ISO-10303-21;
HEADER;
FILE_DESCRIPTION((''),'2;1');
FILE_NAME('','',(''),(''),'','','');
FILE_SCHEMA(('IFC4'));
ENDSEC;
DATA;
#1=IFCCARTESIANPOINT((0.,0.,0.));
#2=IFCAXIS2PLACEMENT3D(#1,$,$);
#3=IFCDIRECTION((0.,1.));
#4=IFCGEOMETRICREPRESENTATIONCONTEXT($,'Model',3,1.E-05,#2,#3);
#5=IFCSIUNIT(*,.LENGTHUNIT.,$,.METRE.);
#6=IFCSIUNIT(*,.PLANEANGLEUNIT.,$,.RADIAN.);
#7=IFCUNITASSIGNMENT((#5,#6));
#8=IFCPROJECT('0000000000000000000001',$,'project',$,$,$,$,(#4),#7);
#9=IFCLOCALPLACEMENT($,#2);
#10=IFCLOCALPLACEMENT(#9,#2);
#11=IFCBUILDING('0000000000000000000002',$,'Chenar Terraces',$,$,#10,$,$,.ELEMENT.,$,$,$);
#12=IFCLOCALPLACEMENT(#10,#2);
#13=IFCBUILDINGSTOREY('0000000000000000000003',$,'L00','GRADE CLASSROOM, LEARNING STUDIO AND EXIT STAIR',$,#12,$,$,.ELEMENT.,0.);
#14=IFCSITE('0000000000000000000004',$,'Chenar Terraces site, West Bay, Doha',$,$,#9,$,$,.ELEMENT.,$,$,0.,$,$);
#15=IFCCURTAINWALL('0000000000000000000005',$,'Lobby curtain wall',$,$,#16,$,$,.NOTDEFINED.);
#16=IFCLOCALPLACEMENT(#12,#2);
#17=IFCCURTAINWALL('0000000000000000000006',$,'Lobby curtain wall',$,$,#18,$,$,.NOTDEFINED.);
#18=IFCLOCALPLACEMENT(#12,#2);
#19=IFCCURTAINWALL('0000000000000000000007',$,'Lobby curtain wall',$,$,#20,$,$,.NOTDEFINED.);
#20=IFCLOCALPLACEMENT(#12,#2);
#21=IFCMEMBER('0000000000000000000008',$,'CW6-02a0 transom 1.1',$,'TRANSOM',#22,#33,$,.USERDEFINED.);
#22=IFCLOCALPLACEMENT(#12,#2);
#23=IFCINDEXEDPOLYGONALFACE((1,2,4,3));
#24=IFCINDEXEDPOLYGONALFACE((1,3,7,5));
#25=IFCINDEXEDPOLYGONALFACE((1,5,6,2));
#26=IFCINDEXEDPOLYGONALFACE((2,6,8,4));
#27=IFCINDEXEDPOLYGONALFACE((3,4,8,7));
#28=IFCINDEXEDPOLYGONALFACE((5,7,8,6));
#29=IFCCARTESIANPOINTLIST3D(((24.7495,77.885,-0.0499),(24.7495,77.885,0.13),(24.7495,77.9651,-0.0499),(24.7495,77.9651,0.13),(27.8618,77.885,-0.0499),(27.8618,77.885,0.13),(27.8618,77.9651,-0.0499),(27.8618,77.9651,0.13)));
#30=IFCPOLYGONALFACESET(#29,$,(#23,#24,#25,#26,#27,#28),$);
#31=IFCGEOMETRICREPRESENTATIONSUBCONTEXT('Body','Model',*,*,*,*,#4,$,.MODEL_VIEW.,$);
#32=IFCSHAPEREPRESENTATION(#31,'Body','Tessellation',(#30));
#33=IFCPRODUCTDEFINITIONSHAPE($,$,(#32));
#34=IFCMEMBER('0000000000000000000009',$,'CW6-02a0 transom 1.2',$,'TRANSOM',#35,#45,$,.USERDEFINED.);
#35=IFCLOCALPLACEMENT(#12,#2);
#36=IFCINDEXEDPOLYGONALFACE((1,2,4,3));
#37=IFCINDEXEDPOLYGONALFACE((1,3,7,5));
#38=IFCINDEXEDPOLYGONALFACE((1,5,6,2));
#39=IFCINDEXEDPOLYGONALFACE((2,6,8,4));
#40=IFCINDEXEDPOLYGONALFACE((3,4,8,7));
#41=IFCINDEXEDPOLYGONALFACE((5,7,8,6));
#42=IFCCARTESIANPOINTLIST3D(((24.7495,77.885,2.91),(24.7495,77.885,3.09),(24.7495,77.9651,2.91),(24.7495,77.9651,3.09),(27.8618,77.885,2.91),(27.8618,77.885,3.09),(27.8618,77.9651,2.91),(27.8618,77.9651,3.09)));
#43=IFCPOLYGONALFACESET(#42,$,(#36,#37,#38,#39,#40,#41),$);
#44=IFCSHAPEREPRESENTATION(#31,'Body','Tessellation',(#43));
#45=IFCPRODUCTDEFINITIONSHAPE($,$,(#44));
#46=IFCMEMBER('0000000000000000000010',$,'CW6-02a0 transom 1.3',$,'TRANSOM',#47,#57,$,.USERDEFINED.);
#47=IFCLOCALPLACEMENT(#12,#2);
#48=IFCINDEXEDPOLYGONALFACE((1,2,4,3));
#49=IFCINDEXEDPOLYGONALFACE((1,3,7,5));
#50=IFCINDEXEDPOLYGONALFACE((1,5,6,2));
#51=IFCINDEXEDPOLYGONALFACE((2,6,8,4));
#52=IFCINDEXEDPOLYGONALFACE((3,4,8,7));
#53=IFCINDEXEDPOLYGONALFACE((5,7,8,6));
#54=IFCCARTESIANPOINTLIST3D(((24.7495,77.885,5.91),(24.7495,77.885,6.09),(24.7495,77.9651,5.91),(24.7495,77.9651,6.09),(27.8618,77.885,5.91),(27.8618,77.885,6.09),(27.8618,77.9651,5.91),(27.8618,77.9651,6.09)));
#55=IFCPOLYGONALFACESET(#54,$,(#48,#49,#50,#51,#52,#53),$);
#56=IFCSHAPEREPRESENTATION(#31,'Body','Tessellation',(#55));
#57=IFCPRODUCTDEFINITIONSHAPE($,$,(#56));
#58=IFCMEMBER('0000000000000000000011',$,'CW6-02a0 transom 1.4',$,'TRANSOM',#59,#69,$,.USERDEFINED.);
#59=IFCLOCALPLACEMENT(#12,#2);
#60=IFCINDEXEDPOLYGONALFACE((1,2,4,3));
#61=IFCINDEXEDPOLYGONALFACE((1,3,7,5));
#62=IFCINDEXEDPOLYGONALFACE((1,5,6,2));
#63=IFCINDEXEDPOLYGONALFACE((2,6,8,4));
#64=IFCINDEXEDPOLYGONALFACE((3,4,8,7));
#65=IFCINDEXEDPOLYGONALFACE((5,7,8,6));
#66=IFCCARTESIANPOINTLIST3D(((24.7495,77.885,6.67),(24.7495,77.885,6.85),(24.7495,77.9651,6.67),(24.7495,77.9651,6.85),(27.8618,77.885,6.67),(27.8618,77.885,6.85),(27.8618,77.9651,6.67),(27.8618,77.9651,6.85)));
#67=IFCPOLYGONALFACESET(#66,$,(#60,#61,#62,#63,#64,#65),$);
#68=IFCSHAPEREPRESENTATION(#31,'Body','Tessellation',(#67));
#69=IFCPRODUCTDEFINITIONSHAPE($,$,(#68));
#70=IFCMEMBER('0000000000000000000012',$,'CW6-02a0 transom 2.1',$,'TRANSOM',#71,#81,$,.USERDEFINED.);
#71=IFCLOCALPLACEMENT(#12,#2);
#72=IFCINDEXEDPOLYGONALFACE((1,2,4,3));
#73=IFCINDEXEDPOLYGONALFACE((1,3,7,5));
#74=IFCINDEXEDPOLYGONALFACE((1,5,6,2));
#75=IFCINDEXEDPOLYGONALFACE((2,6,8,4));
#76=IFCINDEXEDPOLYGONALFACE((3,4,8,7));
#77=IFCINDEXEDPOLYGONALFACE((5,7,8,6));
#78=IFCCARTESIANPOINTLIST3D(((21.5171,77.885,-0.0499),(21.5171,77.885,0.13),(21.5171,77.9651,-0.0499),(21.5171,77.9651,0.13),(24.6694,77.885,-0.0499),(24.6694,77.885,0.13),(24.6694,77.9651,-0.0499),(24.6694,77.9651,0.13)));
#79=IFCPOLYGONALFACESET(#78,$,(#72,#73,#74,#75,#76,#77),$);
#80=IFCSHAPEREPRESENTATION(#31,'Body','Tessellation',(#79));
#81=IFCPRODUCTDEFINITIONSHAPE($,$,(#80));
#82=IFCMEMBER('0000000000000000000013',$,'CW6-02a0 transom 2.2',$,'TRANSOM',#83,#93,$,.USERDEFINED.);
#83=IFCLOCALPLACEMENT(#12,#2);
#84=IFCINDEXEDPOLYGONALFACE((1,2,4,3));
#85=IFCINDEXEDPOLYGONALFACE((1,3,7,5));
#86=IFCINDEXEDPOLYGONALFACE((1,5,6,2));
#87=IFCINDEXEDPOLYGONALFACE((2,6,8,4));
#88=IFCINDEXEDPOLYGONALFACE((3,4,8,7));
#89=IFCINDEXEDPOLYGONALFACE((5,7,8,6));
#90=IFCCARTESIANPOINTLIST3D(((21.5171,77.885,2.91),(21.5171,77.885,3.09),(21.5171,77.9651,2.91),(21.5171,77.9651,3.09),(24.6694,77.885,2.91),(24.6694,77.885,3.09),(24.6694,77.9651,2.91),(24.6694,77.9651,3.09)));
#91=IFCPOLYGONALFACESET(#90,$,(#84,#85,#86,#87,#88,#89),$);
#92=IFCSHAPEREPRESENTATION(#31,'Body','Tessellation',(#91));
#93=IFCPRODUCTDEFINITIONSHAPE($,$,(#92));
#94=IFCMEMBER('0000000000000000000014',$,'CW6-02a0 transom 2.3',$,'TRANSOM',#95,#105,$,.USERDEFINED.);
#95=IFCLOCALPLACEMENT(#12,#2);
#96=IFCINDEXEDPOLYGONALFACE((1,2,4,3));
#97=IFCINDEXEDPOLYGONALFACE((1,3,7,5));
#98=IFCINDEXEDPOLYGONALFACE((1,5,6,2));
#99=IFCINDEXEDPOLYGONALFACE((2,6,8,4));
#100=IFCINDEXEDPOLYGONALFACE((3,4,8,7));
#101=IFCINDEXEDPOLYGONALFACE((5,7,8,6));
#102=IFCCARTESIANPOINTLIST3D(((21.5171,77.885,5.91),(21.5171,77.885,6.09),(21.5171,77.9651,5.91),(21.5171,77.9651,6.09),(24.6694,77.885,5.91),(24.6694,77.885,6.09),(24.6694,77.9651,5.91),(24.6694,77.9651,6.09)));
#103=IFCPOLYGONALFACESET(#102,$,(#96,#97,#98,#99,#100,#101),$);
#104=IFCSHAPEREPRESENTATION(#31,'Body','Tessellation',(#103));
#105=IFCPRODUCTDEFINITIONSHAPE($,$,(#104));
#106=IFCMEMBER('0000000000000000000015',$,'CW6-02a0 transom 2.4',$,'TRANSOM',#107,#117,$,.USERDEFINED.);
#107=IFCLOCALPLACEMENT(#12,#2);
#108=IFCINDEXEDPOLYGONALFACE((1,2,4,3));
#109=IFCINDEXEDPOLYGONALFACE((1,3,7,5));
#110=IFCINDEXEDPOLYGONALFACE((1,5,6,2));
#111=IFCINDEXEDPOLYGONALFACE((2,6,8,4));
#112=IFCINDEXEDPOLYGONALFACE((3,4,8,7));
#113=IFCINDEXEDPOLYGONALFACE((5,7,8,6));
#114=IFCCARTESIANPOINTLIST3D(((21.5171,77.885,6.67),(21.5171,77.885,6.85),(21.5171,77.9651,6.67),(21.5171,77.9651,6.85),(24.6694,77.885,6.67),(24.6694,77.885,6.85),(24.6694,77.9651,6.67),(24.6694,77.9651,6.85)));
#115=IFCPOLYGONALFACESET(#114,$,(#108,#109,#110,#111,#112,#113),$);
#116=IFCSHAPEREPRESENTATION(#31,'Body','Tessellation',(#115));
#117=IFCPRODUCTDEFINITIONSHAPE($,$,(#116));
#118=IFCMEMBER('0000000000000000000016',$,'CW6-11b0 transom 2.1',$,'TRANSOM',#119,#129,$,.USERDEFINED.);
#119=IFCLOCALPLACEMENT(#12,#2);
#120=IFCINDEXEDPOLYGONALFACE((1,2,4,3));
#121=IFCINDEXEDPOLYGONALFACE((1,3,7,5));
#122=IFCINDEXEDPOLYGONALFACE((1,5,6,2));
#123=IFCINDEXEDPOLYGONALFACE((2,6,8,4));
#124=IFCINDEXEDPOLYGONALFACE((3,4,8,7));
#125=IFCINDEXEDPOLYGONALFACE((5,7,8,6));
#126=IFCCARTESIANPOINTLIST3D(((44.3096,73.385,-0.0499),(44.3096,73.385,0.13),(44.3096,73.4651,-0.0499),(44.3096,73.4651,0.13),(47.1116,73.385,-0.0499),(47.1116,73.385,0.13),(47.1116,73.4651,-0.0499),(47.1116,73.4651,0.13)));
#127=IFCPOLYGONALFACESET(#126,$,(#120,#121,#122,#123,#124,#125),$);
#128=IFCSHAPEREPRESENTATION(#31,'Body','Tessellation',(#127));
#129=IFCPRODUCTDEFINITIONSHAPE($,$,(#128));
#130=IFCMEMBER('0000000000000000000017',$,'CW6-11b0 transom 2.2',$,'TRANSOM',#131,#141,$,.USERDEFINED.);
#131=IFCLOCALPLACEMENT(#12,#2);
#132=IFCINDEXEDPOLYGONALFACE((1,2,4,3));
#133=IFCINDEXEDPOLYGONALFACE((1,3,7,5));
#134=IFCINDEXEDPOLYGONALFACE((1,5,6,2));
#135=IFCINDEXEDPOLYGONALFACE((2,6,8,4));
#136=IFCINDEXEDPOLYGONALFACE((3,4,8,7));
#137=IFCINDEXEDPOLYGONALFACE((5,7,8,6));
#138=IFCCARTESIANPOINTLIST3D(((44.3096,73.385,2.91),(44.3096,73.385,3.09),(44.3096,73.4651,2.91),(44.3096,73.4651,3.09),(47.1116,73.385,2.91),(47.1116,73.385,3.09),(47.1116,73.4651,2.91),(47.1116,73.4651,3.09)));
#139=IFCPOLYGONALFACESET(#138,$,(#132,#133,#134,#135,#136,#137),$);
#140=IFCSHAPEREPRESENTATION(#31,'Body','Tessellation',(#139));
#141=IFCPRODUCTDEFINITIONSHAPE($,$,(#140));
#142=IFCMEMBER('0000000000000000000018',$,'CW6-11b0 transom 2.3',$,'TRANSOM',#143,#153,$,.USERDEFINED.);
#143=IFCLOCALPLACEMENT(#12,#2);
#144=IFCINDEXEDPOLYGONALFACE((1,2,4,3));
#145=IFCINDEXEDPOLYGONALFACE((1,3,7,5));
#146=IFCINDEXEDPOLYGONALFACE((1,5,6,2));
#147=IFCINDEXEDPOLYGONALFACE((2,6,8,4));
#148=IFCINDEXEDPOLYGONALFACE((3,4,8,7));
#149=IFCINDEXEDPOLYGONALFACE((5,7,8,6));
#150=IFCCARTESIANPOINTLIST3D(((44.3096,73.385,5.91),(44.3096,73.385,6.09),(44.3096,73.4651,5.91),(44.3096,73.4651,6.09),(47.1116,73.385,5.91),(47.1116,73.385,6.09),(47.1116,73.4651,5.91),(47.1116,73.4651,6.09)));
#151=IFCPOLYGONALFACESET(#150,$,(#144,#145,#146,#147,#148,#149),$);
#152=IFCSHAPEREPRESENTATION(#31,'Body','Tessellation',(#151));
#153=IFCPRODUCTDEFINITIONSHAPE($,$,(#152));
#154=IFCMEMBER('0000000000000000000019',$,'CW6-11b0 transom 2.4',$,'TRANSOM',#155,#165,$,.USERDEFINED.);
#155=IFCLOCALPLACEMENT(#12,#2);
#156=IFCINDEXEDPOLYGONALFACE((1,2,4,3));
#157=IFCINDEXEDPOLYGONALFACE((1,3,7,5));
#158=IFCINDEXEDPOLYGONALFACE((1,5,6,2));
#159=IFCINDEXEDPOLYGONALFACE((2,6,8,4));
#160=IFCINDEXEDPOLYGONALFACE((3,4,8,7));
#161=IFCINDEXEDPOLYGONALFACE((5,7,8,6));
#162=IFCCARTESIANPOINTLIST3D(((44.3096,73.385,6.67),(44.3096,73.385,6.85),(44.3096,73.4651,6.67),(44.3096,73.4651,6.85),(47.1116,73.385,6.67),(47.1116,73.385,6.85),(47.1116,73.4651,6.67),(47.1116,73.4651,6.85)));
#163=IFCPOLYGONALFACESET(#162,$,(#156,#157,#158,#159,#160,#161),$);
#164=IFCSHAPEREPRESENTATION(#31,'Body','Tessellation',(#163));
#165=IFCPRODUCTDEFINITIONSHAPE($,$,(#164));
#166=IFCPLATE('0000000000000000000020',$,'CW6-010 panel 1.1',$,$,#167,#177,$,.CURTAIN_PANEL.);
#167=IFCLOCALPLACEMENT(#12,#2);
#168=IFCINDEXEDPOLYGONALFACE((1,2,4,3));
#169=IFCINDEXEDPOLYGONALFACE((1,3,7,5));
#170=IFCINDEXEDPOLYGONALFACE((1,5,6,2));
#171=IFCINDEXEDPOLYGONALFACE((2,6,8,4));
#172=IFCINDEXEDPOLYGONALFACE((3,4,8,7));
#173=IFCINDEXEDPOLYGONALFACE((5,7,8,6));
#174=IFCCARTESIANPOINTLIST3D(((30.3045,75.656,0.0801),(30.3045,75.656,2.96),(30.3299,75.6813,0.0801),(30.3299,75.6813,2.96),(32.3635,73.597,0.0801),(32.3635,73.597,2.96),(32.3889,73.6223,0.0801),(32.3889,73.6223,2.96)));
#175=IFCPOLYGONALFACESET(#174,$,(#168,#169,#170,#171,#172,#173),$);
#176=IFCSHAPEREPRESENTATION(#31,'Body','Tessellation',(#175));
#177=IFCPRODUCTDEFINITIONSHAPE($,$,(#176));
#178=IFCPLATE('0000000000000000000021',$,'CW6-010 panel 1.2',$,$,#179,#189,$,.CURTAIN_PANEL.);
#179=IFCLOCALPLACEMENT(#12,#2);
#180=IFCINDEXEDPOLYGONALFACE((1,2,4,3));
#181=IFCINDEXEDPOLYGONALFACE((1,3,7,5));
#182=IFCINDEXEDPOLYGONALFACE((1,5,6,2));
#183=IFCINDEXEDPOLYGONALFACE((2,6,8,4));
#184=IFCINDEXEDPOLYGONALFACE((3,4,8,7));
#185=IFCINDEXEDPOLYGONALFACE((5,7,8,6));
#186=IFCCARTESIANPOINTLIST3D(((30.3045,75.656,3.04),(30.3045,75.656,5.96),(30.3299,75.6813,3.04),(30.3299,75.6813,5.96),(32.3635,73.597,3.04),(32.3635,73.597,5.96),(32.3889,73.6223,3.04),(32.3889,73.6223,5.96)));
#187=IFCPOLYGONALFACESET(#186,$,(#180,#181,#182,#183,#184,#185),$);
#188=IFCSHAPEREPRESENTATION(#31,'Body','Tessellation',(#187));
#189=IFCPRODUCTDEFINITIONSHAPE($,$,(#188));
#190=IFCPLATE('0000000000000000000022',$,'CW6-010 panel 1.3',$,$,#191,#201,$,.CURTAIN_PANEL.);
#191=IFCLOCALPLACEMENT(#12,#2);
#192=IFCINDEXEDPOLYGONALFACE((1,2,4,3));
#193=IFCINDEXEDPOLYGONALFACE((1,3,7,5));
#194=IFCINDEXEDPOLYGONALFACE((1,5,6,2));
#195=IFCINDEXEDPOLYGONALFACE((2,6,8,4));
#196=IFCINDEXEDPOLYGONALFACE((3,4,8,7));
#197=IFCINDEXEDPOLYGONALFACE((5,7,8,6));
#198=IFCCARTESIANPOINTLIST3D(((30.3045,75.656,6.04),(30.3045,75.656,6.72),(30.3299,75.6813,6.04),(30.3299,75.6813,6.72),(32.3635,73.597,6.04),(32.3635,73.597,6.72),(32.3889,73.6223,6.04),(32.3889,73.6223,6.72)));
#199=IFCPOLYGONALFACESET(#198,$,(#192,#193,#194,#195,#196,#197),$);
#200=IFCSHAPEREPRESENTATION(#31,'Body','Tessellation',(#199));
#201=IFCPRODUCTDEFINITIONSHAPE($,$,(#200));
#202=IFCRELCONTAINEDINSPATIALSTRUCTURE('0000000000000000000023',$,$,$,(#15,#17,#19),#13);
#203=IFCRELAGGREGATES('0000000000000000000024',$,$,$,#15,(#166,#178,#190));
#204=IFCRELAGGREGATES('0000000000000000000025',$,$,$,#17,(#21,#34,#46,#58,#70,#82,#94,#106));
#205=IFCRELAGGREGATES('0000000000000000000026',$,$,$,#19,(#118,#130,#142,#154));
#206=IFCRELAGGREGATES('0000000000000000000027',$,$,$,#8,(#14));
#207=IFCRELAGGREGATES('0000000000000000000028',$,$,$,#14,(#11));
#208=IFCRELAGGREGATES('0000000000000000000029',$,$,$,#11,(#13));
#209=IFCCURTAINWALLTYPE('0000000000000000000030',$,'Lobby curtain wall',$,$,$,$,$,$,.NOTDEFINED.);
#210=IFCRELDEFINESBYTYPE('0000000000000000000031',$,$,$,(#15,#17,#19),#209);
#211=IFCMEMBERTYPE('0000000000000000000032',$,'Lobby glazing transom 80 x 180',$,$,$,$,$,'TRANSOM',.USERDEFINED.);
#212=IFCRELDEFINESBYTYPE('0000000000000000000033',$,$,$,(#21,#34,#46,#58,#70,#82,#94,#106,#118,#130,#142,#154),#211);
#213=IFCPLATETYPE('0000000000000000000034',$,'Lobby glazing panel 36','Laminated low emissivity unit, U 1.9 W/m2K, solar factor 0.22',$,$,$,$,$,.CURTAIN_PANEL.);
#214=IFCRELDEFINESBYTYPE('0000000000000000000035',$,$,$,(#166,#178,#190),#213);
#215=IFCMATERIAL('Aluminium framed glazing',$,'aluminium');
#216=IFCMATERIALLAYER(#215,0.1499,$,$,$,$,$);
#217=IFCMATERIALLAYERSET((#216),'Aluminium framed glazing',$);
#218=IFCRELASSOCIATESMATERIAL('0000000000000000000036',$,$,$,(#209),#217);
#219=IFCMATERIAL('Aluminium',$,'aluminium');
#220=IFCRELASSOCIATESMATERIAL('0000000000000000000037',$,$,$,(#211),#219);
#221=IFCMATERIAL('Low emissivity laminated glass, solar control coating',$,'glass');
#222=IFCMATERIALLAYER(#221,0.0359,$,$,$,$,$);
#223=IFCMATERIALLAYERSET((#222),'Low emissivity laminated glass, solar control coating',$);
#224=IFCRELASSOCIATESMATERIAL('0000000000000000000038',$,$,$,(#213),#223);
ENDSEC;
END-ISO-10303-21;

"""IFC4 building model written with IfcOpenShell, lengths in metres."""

from ifc_helpers import new_model, si_unit, direction, frame, origin, origin_2d, place, context, subcontext, project, spatial, rectangle, extrude, material, layer, layer_set, material_profile, profile_set, type_object, element, aggregate, save


model = new_model("IFC4")

# Units and contexts
model_context = context("Model", 3, precision=1e-05, world=origin(), true_north=direction((0.0, 1.0)))
body_context = subcontext(model_context, "Body", "Model", "MODEL_VIEW")
ifc_project = project(units=[si_unit("LENGTHUNIT", "METRE"), si_unit("PLANEANGLEUNIT", "RADIAN")], contexts=[model_context])

# Site, building, storey
site_placement = place(None, origin())
site = spatial("IfcSite", under=ifc_project, at=site_placement, Name="Chenar Terraces site, West Bay, Doha", CompositionType="ELEMENT", RefElevation=0.0)
building_placement = place(site_placement, origin())
building = spatial("IfcBuilding", under=site, at=building_placement, Name="Chenar Terraces", CompositionType="ELEMENT")
storey_placement = place(building_placement, origin())
storey = spatial("IfcBuildingStorey", under=building, at=storey_placement, Name="L00", Description="GRADE CLASSROOM, LEARNING STUDIO AND EXIT STAIR", CompositionType="ELEMENT", Elevation=0.0)

# Curtain walls
ifc_material_1 = material(Name="Aluminium framed glazing", Category="aluminium")
ifc_layer_1 = layer(ifc_material_1, 0.1499)
ifc_layer_set_1 = layer_set([ifc_layer_1], Name="Aluminium framed glazing")
curtain_wall_type = type_object("IfcCurtainWallType", Name="Lobby curtain wall", PredefinedType="NOTDEFINED", material=ifc_layer_set_1)
placement = place(storey_placement, origin())
curtain_wall_1 = element("IfcCurtainWall", 1, at=placement, inside=storey, type_object=curtain_wall_type, Name="Lobby curtain wall", PredefinedType="NOTDEFINED")
curtain_wall_2 = element("IfcCurtainWall", 2, at=placement, inside=storey, type_object=curtain_wall_type, Name="Lobby curtain wall", PredefinedType="NOTDEFINED")

# Curtain wall
curtain_wall_3 = element("IfcCurtainWall", 3, at=placement, inside=storey, type_object=curtain_wall_type, Name="Lobby curtain wall", PredefinedType="NOTDEFINED")

# Members
ifc_material_2 = material(Name="Aluminium", Category="aluminium")
ifc_material_profile_1 = material_profile(ifc_material_2, rectangle(XDim=0.0801, YDim=0.1799, at=origin_2d()), Name="Lobby glazing transom 80 x 180")
ifc_profile_set_1 = profile_set([ifc_material_profile_1], Name="Aluminium")
member_type_1 = type_object("IfcMemberType", Name="Lobby glazing transom 80 x 180", ElementType="TRANSOM", PredefinedType="USERDEFINED", material=ifc_profile_set_1)
member_1_placement = place(storey_placement, frame((27.8618, 77.925, 0.04), z_axis=(-1.0, 0.0, 0.0), x_axis=(0.0, -1.0, 0.0)))
member_1 = element("IfcMember", 4, at=member_1_placement, type_object=member_type_1, Name="CW6-02a0 transom 1.1", ObjectType="TRANSOM", PredefinedType="USERDEFINED", context=body_context, shape_type="SweptSolid", body=[
    extrude(rectangle(XDim=0.0801, YDim=0.1799, at=origin_2d()), origin(), (0.0, 0.0, 1.0), 3.1123),
])
member_2_placement = place(storey_placement, frame((27.8618, 77.925, 3.0), z_axis=(-1.0, 0.0, 0.0), x_axis=(0.0, -1.0, 0.0)))
member_2 = element("IfcMember", 5, at=member_2_placement, type_object=member_type_1, Name="CW6-02a0 transom 1.2", ObjectType="TRANSOM", PredefinedType="USERDEFINED", context=body_context, shape_type="SweptSolid", body=[
    extrude(rectangle(XDim=0.0801, YDim=0.1799, at=origin_2d()), origin(), (0.0, 0.0, 1.0), 3.1123),
])
member_3_placement = place(storey_placement, frame((27.8618, 77.925, 6.0), z_axis=(-1.0, 0.0, 0.0), x_axis=(0.0, -1.0, 0.0)))
member_3 = element("IfcMember", 6, at=member_3_placement, type_object=member_type_1, Name="CW6-02a0 transom 1.3", ObjectType="TRANSOM", PredefinedType="USERDEFINED", context=body_context, shape_type="SweptSolid", body=[
    extrude(rectangle(XDim=0.0801, YDim=0.1799, at=origin_2d()), origin(), (0.0, 0.0, 1.0), 3.1123),
])
member_4_placement = place(storey_placement, frame((27.8618, 77.925, 6.76), z_axis=(-1.0, 0.0, 0.0), x_axis=(0.0, -1.0, 0.0)))
member_4 = element("IfcMember", 7, at=member_4_placement, type_object=member_type_1, Name="CW6-02a0 transom 1.4", ObjectType="TRANSOM", PredefinedType="USERDEFINED", context=body_context, shape_type="SweptSolid", body=[
    extrude(rectangle(XDim=0.0801, YDim=0.1799, at=origin_2d()), origin(), (0.0, 0.0, 1.0), 3.1123),
])
member_5_placement = place(storey_placement, frame((24.6694, 77.925, 0.04), z_axis=(-1.0, 0.0, 0.0), x_axis=(0.0, -1.0, 0.0)))
member_5 = element("IfcMember", 8, at=member_5_placement, type_object=member_type_1, Name="CW6-02a0 transom 2.1", ObjectType="TRANSOM", PredefinedType="USERDEFINED", context=body_context, shape_type="SweptSolid", body=[
    extrude(rectangle(XDim=0.0801, YDim=0.1799, at=origin_2d()), origin(), (0.0, 0.0, 1.0), 3.1523),
])
member_6_placement = place(storey_placement, frame((24.6694, 77.925, 3.0), z_axis=(-1.0, 0.0, 0.0), x_axis=(0.0, -1.0, 0.0)))
member_6 = element("IfcMember", 9, at=member_6_placement, type_object=member_type_1, Name="CW6-02a0 transom 2.2", ObjectType="TRANSOM", PredefinedType="USERDEFINED", context=body_context, shape_type="SweptSolid", body=[
    extrude(rectangle(XDim=0.0801, YDim=0.1799, at=origin_2d()), origin(), (0.0, 0.0, 1.0), 3.1523),
])
member_7_placement = place(storey_placement, frame((24.6694, 77.925, 6.0), z_axis=(-1.0, 0.0, 0.0), x_axis=(0.0, -1.0, 0.0)))
member_7 = element("IfcMember", 10, at=member_7_placement, type_object=member_type_1, Name="CW6-02a0 transom 2.3", ObjectType="TRANSOM", PredefinedType="USERDEFINED", context=body_context, shape_type="SweptSolid", body=[
    extrude(rectangle(XDim=0.0801, YDim=0.1799, at=origin_2d()), origin(), (0.0, 0.0, 1.0), 3.1523),
])
member_8_placement = place(storey_placement, frame((24.6694, 77.925, 6.76), z_axis=(-1.0, 0.0, 0.0), x_axis=(0.0, -1.0, 0.0)))
member_8 = element("IfcMember", 11, at=member_8_placement, type_object=member_type_1, Name="CW6-02a0 transom 2.4", ObjectType="TRANSOM", PredefinedType="USERDEFINED", context=body_context, shape_type="SweptSolid", body=[
    extrude(rectangle(XDim=0.0801, YDim=0.1799, at=origin_2d()), origin(), (0.0, 0.0, 1.0), 3.1523),
])
member_9_placement = place(storey_placement, frame((47.1116, 73.425, 0.04), z_axis=(-1.0, 0.0, 0.0), x_axis=(0.0, -1.0, 0.0)))
member_9 = element("IfcMember", 12, at=member_9_placement, type_object=member_type_1, Name="CW6-11b0 transom 2.1", ObjectType="TRANSOM", PredefinedType="USERDEFINED", context=body_context, shape_type="SweptSolid", body=[
    extrude(rectangle(XDim=0.0801, YDim=0.1799, at=origin_2d()), origin(), (0.0, 0.0, 1.0), 2.802),
])
member_10_placement = place(storey_placement, frame((47.1116, 73.425, 3.0), z_axis=(-1.0, 0.0, 0.0), x_axis=(0.0, -1.0, 0.0)))
member_10 = element("IfcMember", 13, at=member_10_placement, type_object=member_type_1, Name="CW6-11b0 transom 2.2", ObjectType="TRANSOM", PredefinedType="USERDEFINED", context=body_context, shape_type="SweptSolid", body=[
    extrude(rectangle(XDim=0.0801, YDim=0.1799, at=origin_2d()), origin(), (0.0, 0.0, 1.0), 2.802),
])
member_11_placement = place(storey_placement, frame((47.1116, 73.425, 6.0), z_axis=(-1.0, 0.0, 0.0), x_axis=(0.0, -1.0, 0.0)))
member_11 = element("IfcMember", 14, at=member_11_placement, type_object=member_type_1, Name="CW6-11b0 transom 2.3", ObjectType="TRANSOM", PredefinedType="USERDEFINED", context=body_context, shape_type="SweptSolid", body=[
    extrude(rectangle(XDim=0.0801, YDim=0.1799, at=origin_2d()), origin(), (0.0, 0.0, 1.0), 2.802),
])
member_12_placement = place(storey_placement, frame((47.1116, 73.425, 6.76), z_axis=(-1.0, 0.0, 0.0), x_axis=(0.0, -1.0, 0.0)))
member_12 = element("IfcMember", 15, at=member_12_placement, type_object=member_type_1, Name="CW6-11b0 transom 2.4", ObjectType="TRANSOM", PredefinedType="USERDEFINED", context=body_context, shape_type="SweptSolid", body=[
    extrude(rectangle(XDim=0.0801, YDim=0.1799, at=origin_2d()), origin(), (0.0, 0.0, 1.0), 2.802),
])

# Plates
ifc_material_3 = material(Name="Low emissivity laminated glass, solar control coating", Category="glass")
ifc_layer_2 = layer(ifc_material_3, 0.0359)
ifc_layer_set_2 = layer_set([ifc_layer_2], Name="Low emissivity laminated glass, solar control coating")
plate_type = type_object("IfcPlateType", Name="Lobby glazing panel 36", Description="Laminated low emissivity unit, U 1.9 W/m2K, solar factor 0.22", PredefinedType="CURTAIN_PANEL", material=ifc_layer_set_2)
plate_1_placement = place(storey_placement, frame((31.3467, 74.6392, 0.0801), z_axis=(0.0, 0.0, 1.0), x_axis=(-0.707107, 0.707107, 0.0)))
plate_1 = element("IfcPlate", 16, at=plate_1_placement, type_object=plate_type, Name="CW6-010 panel 1.1", PredefinedType="CURTAIN_PANEL", context=body_context, shape_type="SweptSolid", body=[
    extrude(rectangle(XDim=2.9119, YDim=0.0359, at=origin_2d()), origin(), (0.0, 0.0, 1.0), 2.8799),
])
plate_2_placement = place(storey_placement, frame((31.3467, 74.6392, 3.04), z_axis=(0.0, 0.0, 1.0), x_axis=(-0.707107, 0.707107, 0.0)))
plate_2 = element("IfcPlate", 17, at=plate_2_placement, type_object=plate_type, Name="CW6-010 panel 1.2", PredefinedType="CURTAIN_PANEL", context=body_context, shape_type="SweptSolid", body=[
    extrude(rectangle(XDim=2.9119, YDim=0.0359, at=origin_2d()), origin(), (0.0, 0.0, 1.0), 2.9199),
])
plate_3_placement = place(storey_placement, frame((31.3467, 74.6392, 6.04), z_axis=(0.0, 0.0, 1.0), x_axis=(-0.707107, 0.707107, 0.0)))
plate_3 = element("IfcPlate", 18, at=plate_3_placement, type_object=plate_type, Name="CW6-010 panel 1.3", PredefinedType="CURTAIN_PANEL", context=body_context, shape_type="SweptSolid", body=[
    extrude(rectangle(XDim=2.9119, YDim=0.0359, at=origin_2d()), origin(), (0.0, 0.0, 1.0), 0.6799),
])
aggregate(curtain_wall_1, [plate_1, plate_2, plate_3])
aggregate(curtain_wall_2, [member_1, member_2, member_3, member_4, member_5, member_6, member_7, member_8])
aggregate(curtain_wall_3, [member_9, member_10, member_11, member_12])

save(model, "model.ifc")
